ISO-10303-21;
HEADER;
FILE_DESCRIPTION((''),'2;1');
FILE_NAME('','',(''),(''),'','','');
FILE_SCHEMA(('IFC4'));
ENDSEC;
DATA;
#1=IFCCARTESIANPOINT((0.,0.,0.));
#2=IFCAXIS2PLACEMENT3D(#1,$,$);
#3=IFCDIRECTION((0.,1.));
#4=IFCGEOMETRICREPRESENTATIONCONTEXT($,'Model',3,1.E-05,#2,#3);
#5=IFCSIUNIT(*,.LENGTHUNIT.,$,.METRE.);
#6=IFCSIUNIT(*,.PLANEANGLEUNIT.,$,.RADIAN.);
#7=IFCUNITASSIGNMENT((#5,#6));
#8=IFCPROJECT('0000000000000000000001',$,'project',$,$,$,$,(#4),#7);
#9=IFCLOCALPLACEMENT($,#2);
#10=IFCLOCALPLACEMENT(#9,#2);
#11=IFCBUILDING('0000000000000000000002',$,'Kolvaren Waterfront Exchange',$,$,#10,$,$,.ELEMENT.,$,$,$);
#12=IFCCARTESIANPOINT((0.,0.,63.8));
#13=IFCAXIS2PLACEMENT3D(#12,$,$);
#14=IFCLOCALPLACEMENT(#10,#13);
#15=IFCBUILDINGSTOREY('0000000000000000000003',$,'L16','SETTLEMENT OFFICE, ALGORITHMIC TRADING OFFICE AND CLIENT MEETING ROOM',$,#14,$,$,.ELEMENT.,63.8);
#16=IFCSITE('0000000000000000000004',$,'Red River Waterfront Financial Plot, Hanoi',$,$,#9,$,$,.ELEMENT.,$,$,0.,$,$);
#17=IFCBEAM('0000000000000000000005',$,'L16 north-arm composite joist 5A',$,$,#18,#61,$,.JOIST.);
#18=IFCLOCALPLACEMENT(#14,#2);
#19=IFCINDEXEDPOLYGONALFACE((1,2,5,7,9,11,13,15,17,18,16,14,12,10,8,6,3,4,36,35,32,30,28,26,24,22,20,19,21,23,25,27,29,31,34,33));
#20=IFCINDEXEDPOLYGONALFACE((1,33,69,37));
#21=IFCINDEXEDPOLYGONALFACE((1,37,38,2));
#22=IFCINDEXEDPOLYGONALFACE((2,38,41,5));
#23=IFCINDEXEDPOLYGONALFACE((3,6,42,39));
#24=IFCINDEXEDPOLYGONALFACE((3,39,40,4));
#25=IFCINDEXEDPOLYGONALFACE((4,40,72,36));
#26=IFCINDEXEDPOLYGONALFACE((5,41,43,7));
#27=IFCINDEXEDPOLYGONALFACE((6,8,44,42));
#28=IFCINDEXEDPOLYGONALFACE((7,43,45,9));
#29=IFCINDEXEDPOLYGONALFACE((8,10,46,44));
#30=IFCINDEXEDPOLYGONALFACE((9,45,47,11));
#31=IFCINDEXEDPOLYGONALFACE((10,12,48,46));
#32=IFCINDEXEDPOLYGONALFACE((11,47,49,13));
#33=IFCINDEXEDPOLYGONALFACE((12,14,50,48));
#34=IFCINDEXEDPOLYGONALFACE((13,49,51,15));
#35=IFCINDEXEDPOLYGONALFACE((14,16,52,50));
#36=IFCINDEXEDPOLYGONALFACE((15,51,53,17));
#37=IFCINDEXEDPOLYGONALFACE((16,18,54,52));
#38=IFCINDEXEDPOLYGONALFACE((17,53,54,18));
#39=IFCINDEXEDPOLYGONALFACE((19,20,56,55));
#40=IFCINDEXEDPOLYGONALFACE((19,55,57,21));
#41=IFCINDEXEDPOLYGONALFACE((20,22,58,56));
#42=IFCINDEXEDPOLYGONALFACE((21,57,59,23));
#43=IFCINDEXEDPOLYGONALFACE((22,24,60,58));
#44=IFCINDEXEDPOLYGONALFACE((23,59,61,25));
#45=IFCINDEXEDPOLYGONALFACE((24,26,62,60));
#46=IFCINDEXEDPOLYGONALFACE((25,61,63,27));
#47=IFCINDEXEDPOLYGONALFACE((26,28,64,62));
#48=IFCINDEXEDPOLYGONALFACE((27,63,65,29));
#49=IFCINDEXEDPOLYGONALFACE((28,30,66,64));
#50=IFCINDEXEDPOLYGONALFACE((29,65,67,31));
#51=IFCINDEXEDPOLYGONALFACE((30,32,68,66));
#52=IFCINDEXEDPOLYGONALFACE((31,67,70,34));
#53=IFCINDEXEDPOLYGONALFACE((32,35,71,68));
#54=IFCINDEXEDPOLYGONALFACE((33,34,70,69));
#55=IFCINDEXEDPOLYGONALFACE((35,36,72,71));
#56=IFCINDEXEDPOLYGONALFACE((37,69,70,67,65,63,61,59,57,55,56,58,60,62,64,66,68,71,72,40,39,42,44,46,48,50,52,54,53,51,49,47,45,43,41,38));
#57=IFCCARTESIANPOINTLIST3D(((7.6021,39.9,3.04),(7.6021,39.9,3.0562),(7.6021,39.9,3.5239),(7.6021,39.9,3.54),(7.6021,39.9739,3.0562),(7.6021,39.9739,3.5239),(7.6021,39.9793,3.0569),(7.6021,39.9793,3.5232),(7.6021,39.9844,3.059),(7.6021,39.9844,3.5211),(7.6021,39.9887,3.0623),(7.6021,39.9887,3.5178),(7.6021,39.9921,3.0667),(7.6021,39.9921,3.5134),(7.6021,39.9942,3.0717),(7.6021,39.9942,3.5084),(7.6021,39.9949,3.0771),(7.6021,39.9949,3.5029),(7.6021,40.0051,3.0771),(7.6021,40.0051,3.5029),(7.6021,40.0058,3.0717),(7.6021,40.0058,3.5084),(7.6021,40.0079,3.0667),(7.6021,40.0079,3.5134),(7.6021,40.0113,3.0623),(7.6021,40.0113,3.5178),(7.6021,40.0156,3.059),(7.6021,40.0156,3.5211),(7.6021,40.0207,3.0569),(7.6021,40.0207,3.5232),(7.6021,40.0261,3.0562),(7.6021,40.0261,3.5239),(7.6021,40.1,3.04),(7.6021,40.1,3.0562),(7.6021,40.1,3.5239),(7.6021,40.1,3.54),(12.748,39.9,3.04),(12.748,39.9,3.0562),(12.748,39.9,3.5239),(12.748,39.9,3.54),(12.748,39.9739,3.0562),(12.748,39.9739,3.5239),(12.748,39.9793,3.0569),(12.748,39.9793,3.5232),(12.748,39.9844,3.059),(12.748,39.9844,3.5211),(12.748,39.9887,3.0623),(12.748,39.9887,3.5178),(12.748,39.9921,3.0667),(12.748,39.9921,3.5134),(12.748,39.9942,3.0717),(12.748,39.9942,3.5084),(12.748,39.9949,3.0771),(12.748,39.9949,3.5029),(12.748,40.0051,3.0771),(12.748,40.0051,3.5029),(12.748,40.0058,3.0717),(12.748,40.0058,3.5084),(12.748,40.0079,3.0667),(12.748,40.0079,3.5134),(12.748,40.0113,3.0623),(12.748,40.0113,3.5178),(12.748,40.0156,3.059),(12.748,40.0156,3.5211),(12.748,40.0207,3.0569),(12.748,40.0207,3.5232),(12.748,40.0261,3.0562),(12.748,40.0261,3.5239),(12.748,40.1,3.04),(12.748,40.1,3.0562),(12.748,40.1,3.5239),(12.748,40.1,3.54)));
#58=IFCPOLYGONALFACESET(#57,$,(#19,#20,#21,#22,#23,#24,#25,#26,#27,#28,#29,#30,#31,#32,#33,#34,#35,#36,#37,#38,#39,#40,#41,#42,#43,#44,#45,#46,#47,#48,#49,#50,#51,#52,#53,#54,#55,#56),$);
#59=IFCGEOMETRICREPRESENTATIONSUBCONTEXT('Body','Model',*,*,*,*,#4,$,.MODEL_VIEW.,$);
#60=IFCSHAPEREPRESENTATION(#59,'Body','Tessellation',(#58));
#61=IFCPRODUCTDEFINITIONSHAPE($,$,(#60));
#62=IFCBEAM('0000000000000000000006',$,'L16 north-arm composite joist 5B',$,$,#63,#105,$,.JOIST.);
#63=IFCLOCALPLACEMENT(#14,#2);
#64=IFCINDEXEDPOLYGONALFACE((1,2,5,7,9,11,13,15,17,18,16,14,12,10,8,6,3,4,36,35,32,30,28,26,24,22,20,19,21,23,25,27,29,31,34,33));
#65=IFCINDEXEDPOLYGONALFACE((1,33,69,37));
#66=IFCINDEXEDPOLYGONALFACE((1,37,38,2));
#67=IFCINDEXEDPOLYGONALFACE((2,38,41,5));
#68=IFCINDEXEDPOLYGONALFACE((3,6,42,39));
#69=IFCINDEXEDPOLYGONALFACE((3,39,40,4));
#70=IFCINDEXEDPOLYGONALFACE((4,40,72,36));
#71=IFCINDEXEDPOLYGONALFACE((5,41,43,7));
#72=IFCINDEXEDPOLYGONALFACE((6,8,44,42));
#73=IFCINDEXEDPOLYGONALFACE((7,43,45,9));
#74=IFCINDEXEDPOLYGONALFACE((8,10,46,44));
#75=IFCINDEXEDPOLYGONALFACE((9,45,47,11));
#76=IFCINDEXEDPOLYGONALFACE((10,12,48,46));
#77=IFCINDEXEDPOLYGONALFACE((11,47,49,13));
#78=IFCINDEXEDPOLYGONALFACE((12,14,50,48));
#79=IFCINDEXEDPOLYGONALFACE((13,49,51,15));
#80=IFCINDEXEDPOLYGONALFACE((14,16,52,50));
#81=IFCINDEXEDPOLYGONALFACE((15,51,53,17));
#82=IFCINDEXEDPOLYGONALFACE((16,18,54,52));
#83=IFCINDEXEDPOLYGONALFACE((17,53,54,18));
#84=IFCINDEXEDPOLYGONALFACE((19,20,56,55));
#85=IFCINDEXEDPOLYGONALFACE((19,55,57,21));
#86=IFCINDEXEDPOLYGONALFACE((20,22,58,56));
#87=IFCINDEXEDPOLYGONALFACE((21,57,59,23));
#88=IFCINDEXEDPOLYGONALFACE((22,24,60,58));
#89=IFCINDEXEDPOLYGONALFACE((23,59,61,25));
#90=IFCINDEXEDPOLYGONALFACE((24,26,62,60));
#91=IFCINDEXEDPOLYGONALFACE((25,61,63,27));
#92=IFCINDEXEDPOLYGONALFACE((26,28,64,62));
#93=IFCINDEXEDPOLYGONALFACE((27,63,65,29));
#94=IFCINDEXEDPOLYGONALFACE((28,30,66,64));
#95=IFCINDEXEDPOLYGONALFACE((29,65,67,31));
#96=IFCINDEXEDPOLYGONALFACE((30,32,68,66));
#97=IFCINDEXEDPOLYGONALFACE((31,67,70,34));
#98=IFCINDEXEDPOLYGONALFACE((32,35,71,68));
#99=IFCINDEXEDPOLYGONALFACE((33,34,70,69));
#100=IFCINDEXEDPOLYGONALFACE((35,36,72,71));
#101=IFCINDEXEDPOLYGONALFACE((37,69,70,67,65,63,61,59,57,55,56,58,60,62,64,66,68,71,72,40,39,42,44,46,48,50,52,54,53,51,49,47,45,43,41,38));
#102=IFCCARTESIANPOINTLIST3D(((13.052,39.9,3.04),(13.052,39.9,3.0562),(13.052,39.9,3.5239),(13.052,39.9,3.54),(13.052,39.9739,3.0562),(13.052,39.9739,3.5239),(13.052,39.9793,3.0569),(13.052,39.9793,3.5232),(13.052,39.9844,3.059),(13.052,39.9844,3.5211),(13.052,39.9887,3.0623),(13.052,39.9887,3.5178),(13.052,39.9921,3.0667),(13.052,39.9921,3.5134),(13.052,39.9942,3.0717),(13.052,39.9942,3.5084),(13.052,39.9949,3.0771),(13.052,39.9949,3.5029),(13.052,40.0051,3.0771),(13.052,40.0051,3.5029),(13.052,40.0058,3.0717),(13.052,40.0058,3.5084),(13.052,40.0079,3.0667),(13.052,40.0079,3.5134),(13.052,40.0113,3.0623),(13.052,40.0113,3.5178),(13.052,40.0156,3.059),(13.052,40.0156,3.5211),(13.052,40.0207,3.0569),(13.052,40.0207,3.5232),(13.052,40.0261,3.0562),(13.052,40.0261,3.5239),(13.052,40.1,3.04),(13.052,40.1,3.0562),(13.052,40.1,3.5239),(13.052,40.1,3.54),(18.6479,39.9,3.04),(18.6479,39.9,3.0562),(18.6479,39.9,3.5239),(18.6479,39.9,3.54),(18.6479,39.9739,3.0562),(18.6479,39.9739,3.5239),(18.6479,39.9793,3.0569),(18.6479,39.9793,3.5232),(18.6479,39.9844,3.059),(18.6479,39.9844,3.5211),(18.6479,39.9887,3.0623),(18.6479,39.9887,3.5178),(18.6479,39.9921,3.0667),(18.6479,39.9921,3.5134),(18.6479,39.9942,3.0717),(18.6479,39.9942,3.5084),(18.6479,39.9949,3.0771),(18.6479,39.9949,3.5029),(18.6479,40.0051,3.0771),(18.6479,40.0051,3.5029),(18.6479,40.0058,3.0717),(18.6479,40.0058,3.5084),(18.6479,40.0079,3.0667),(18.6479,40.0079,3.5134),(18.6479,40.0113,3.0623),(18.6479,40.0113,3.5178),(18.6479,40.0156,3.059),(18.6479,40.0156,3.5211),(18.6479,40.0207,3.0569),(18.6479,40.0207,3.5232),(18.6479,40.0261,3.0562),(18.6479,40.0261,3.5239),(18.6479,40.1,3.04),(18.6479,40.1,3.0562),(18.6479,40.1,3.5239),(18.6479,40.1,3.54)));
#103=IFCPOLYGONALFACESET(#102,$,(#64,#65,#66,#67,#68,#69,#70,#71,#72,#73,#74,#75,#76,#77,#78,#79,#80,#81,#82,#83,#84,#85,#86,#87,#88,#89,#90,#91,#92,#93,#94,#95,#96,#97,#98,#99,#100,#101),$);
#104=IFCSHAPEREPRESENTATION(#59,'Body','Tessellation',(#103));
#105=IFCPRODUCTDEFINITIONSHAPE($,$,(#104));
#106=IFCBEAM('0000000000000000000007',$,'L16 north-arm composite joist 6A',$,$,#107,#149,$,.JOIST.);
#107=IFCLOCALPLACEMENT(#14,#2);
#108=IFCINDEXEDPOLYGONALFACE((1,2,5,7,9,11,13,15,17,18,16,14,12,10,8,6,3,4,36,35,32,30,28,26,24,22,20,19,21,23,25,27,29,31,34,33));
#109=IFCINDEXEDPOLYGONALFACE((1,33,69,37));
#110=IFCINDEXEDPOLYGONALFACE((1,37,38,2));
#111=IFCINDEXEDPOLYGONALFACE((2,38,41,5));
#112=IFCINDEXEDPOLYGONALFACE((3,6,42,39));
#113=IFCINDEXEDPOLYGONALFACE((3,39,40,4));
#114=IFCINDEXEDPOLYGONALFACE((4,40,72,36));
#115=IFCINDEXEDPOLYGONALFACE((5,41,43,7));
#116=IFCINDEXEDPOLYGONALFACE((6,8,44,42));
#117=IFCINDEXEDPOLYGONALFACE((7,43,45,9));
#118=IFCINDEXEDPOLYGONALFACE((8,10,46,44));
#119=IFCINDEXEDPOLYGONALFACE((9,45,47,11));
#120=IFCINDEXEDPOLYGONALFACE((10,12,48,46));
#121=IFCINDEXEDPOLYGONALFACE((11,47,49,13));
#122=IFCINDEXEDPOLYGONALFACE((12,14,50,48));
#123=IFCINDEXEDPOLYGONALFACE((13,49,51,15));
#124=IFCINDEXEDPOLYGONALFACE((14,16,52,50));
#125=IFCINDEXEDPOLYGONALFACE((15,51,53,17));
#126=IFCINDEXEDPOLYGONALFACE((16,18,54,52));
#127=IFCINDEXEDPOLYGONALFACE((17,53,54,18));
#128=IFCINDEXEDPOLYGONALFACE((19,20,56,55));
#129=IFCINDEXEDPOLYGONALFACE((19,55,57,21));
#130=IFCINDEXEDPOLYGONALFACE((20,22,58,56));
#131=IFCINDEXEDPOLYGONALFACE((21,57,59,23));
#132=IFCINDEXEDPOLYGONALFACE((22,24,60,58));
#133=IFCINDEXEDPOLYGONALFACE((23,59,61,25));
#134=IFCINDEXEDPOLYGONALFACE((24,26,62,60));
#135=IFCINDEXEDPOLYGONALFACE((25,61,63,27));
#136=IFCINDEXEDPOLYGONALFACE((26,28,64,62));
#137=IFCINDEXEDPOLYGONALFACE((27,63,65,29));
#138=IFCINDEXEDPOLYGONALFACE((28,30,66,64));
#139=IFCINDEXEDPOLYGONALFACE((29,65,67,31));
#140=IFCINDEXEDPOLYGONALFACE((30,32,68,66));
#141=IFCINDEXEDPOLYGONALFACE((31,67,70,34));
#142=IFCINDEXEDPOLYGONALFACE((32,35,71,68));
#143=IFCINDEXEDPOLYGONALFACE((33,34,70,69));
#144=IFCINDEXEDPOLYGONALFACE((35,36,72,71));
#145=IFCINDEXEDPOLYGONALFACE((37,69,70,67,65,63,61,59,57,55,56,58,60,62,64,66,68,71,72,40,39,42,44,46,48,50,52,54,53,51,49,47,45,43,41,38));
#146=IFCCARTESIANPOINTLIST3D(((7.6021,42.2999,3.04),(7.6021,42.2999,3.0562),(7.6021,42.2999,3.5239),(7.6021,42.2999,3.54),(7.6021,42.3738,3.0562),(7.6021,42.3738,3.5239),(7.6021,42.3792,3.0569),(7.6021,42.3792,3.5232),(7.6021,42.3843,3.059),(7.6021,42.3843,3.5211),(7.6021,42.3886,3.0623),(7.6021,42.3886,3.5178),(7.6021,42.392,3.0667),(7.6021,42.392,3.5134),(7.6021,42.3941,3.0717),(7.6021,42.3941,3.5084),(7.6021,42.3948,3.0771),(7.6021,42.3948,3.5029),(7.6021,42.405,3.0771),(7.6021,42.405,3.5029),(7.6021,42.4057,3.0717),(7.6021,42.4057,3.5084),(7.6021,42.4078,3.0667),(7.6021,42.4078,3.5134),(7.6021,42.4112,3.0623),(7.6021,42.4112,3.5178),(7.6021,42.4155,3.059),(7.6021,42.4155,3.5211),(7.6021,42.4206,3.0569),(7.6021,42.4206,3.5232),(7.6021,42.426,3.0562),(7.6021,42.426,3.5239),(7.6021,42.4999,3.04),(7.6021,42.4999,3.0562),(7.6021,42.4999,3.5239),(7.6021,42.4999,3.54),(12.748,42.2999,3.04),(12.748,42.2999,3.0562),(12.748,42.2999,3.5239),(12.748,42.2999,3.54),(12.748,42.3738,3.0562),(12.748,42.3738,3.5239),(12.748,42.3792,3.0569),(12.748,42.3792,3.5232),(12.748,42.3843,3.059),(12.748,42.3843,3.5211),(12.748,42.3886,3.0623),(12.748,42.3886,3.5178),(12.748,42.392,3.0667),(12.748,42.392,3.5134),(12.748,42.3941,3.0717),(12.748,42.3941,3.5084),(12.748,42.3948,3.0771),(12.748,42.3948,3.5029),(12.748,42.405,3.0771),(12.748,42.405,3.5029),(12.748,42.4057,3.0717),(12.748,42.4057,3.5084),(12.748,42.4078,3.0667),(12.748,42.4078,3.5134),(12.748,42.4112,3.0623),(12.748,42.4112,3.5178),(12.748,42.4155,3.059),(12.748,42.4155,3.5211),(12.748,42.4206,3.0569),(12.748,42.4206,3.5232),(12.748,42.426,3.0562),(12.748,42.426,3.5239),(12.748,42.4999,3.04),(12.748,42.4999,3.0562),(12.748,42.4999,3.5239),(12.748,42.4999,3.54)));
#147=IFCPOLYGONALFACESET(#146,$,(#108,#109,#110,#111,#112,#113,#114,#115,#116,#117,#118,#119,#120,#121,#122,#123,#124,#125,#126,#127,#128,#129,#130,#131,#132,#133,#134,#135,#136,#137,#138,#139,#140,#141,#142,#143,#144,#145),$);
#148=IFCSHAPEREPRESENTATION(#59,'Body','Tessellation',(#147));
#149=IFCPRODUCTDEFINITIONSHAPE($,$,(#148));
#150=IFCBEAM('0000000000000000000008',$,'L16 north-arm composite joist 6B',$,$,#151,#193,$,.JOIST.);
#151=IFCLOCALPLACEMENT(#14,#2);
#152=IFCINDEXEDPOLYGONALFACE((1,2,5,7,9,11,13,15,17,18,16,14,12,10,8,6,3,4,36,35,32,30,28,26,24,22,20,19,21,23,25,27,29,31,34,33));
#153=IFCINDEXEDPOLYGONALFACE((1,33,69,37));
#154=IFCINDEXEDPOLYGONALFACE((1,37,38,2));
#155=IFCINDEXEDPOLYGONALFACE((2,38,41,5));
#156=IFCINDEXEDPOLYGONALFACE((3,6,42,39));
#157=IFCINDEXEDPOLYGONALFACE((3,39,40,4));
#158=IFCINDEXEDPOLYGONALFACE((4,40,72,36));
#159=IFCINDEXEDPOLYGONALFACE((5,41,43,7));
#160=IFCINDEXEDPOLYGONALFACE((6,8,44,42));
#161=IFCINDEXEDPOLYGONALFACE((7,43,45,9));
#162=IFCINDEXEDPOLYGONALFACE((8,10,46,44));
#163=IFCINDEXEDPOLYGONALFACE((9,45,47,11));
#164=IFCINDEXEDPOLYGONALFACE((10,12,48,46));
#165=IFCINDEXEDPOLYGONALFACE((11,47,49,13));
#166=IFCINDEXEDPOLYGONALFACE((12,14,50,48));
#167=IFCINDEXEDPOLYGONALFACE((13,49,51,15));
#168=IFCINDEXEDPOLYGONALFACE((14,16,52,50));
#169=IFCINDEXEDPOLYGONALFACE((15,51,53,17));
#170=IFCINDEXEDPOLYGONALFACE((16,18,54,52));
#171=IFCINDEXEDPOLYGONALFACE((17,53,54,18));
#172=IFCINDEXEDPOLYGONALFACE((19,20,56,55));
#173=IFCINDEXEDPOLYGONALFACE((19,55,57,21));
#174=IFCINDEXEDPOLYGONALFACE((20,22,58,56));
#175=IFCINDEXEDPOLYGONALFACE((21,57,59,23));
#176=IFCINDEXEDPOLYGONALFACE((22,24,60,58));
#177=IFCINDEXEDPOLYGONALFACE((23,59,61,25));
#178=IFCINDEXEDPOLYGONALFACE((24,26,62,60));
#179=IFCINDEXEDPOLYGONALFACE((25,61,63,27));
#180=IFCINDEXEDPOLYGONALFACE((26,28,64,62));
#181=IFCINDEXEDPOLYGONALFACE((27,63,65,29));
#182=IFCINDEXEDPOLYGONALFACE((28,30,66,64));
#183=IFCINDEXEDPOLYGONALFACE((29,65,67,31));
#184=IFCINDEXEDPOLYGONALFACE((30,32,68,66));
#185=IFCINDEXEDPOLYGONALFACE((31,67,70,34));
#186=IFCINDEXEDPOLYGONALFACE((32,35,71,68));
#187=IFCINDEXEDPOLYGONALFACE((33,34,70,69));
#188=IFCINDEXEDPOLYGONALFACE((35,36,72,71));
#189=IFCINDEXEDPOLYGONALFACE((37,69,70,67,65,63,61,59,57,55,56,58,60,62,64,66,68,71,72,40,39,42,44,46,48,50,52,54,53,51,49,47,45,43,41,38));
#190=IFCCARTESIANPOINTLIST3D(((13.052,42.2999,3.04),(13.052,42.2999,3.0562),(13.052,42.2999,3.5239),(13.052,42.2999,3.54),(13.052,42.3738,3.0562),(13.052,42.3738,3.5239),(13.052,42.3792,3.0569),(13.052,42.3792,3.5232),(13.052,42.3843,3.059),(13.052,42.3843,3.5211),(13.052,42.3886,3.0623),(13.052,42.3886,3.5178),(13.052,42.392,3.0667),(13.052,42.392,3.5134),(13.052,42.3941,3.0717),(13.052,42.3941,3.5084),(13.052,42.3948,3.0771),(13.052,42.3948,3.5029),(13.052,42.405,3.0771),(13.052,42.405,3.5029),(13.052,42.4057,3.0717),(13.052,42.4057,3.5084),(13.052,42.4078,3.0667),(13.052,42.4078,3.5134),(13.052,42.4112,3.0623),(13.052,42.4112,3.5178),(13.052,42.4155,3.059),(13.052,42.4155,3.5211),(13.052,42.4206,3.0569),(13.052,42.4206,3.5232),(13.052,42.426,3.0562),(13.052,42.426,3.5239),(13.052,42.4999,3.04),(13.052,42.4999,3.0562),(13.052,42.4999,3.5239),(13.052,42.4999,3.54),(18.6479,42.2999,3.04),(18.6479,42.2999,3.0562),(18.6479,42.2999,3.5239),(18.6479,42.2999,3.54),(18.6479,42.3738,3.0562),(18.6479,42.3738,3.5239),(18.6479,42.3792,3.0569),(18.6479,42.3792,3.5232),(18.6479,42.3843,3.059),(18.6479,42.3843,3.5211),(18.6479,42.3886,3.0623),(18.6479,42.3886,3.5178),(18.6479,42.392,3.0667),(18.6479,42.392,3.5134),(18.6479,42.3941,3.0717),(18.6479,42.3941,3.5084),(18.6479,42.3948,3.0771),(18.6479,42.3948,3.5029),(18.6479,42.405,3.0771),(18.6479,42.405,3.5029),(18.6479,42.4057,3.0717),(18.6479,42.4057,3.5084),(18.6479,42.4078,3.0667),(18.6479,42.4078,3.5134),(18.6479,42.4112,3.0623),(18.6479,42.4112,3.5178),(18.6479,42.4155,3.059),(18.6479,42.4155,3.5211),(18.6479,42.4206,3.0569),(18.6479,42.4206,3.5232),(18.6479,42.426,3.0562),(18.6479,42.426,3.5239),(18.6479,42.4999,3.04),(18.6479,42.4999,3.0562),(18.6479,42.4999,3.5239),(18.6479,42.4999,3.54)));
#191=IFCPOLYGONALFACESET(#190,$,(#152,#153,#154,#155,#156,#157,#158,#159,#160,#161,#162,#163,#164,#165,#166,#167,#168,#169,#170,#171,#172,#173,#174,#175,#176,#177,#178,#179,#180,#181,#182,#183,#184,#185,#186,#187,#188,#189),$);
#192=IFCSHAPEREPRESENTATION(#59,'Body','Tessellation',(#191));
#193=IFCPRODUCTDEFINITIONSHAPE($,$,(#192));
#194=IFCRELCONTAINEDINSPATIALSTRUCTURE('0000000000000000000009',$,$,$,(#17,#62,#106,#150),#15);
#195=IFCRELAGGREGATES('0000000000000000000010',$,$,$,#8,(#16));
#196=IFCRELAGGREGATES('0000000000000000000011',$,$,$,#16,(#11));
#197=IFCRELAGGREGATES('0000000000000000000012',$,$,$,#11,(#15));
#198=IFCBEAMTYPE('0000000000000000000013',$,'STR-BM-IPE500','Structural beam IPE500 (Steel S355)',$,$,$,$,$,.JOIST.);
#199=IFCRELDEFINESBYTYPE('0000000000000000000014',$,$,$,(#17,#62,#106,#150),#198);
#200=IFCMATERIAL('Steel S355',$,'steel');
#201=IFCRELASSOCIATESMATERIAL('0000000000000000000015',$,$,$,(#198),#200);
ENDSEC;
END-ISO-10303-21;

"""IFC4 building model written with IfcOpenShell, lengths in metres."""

from ifc_helpers import new_model, si_unit, direction, frame, origin, origin_2d, place, context, subcontext, project, spatial, i_section, extrude, material, material_profile, profile_set, type_object, element, save


model = new_model("IFC4")

# Units and contexts
model_context = context("Model", 3, precision=1e-05, world=origin(), true_north=direction((0.0, 1.0)))
body_context = subcontext(model_context, "Body", "Model", "MODEL_VIEW")
ifc_project = project(units=[si_unit("LENGTHUNIT", "METRE"), si_unit("PLANEANGLEUNIT", "RADIAN")], contexts=[model_context])

# Site, building, storey
site_placement = place(None, origin())
site = spatial("IfcSite", under=ifc_project, at=site_placement, Name="Red River Waterfront Financial Plot, Hanoi", CompositionType="ELEMENT", RefElevation=0.0)
building_placement = place(site_placement, origin())
building = spatial("IfcBuilding", under=site, at=building_placement, Name="Kolvaren Waterfront Exchange", CompositionType="ELEMENT")
storey_placement = place(building_placement, frame((0.0, 0.0, 63.8)))
storey = spatial("IfcBuildingStorey", under=building, at=storey_placement, Name="L16", Description="SETTLEMENT OFFICE, ALGORITHMIC TRADING OFFICE AND CLIENT MEETING ROOM", CompositionType="ELEMENT", Elevation=63.8)

# Beams
ifc_material_1 = material(Name="Steel S355", Category="steel")
ifc_material_profile_1 = material_profile(ifc_material_1, i_section(OverallWidth=0.2, OverallDepth=0.5, WebThickness=0.0103, FlangeThickness=0.0161, FilletRadius=0.021, at=origin_2d()), Name="IPE500")
ifc_profile_set_1 = profile_set([ifc_material_profile_1], Name="Steel S355")
beam_type_1 = type_object("IfcBeamType", Name="STR-BM-IPE500", Description="Structural beam IPE500 (Steel S355)", PredefinedType="JOIST", material=ifc_profile_set_1)
beam_1_placement = place(storey_placement, frame((7.6021, 40.0, 3.29), z_axis=(1.0, 0.0, 0.0), x_axis=(0.0, 1.0, 0.0)))
element("IfcBeam", 1, at=beam_1_placement, inside=storey, type_object=beam_type_1, Name="L16 north-arm composite joist 5A", PredefinedType="JOIST", context=body_context, shape_type="SweptSolid", body=[
    extrude(i_section(OverallWidth=0.2, OverallDepth=0.5, WebThickness=0.0103, FlangeThickness=0.0161, FilletRadius=0.021, at=origin_2d()), origin(), (0.0, 0.0, 1.0), 5.146),
])
beam_2_placement = place(storey_placement, frame((13.052, 40.0, 3.29), z_axis=(1.0, 0.0, 0.0), x_axis=(0.0, 1.0, 0.0)))
element("IfcBeam", 2, at=beam_2_placement, inside=storey, type_object=beam_type_1, Name="L16 north-arm composite joist 5B", PredefinedType="JOIST", context=body_context, shape_type="SweptSolid", body=[
    extrude(i_section(OverallWidth=0.2, OverallDepth=0.5, WebThickness=0.0103, FlangeThickness=0.0161, FilletRadius=0.021, at=origin_2d()), origin(), (0.0, 0.0, 1.0), 5.5959),
])
beam_3_placement = place(storey_placement, frame((7.6021, 42.3999, 3.29), z_axis=(1.0, 0.0, 0.0), x_axis=(0.0, 1.0, 0.0)))
element("IfcBeam", 3, at=beam_3_placement, inside=storey, type_object=beam_type_1, Name="L16 north-arm composite joist 6A", PredefinedType="JOIST", context=body_context, shape_type="SweptSolid", body=[
    extrude(i_section(OverallWidth=0.2, OverallDepth=0.5, WebThickness=0.0103, FlangeThickness=0.0161, FilletRadius=0.021, at=origin_2d()), origin(), (0.0, 0.0, 1.0), 5.146),
])
beam_4_placement = place(storey_placement, frame((13.052, 42.3999, 3.29), z_axis=(1.0, 0.0, 0.0), x_axis=(0.0, 1.0, 0.0)))
element("IfcBeam", 4, at=beam_4_placement, inside=storey, type_object=beam_type_1, Name="L16 north-arm composite joist 6B", PredefinedType="JOIST", context=body_context, shape_type="SweptSolid", body=[
    extrude(i_section(OverallWidth=0.2, OverallDepth=0.5, WebThickness=0.0103, FlangeThickness=0.0161, FilletRadius=0.021, at=origin_2d()), origin(), (0.0, 0.0, 1.0), 5.5959),
])

save(model, "model.ifc")
